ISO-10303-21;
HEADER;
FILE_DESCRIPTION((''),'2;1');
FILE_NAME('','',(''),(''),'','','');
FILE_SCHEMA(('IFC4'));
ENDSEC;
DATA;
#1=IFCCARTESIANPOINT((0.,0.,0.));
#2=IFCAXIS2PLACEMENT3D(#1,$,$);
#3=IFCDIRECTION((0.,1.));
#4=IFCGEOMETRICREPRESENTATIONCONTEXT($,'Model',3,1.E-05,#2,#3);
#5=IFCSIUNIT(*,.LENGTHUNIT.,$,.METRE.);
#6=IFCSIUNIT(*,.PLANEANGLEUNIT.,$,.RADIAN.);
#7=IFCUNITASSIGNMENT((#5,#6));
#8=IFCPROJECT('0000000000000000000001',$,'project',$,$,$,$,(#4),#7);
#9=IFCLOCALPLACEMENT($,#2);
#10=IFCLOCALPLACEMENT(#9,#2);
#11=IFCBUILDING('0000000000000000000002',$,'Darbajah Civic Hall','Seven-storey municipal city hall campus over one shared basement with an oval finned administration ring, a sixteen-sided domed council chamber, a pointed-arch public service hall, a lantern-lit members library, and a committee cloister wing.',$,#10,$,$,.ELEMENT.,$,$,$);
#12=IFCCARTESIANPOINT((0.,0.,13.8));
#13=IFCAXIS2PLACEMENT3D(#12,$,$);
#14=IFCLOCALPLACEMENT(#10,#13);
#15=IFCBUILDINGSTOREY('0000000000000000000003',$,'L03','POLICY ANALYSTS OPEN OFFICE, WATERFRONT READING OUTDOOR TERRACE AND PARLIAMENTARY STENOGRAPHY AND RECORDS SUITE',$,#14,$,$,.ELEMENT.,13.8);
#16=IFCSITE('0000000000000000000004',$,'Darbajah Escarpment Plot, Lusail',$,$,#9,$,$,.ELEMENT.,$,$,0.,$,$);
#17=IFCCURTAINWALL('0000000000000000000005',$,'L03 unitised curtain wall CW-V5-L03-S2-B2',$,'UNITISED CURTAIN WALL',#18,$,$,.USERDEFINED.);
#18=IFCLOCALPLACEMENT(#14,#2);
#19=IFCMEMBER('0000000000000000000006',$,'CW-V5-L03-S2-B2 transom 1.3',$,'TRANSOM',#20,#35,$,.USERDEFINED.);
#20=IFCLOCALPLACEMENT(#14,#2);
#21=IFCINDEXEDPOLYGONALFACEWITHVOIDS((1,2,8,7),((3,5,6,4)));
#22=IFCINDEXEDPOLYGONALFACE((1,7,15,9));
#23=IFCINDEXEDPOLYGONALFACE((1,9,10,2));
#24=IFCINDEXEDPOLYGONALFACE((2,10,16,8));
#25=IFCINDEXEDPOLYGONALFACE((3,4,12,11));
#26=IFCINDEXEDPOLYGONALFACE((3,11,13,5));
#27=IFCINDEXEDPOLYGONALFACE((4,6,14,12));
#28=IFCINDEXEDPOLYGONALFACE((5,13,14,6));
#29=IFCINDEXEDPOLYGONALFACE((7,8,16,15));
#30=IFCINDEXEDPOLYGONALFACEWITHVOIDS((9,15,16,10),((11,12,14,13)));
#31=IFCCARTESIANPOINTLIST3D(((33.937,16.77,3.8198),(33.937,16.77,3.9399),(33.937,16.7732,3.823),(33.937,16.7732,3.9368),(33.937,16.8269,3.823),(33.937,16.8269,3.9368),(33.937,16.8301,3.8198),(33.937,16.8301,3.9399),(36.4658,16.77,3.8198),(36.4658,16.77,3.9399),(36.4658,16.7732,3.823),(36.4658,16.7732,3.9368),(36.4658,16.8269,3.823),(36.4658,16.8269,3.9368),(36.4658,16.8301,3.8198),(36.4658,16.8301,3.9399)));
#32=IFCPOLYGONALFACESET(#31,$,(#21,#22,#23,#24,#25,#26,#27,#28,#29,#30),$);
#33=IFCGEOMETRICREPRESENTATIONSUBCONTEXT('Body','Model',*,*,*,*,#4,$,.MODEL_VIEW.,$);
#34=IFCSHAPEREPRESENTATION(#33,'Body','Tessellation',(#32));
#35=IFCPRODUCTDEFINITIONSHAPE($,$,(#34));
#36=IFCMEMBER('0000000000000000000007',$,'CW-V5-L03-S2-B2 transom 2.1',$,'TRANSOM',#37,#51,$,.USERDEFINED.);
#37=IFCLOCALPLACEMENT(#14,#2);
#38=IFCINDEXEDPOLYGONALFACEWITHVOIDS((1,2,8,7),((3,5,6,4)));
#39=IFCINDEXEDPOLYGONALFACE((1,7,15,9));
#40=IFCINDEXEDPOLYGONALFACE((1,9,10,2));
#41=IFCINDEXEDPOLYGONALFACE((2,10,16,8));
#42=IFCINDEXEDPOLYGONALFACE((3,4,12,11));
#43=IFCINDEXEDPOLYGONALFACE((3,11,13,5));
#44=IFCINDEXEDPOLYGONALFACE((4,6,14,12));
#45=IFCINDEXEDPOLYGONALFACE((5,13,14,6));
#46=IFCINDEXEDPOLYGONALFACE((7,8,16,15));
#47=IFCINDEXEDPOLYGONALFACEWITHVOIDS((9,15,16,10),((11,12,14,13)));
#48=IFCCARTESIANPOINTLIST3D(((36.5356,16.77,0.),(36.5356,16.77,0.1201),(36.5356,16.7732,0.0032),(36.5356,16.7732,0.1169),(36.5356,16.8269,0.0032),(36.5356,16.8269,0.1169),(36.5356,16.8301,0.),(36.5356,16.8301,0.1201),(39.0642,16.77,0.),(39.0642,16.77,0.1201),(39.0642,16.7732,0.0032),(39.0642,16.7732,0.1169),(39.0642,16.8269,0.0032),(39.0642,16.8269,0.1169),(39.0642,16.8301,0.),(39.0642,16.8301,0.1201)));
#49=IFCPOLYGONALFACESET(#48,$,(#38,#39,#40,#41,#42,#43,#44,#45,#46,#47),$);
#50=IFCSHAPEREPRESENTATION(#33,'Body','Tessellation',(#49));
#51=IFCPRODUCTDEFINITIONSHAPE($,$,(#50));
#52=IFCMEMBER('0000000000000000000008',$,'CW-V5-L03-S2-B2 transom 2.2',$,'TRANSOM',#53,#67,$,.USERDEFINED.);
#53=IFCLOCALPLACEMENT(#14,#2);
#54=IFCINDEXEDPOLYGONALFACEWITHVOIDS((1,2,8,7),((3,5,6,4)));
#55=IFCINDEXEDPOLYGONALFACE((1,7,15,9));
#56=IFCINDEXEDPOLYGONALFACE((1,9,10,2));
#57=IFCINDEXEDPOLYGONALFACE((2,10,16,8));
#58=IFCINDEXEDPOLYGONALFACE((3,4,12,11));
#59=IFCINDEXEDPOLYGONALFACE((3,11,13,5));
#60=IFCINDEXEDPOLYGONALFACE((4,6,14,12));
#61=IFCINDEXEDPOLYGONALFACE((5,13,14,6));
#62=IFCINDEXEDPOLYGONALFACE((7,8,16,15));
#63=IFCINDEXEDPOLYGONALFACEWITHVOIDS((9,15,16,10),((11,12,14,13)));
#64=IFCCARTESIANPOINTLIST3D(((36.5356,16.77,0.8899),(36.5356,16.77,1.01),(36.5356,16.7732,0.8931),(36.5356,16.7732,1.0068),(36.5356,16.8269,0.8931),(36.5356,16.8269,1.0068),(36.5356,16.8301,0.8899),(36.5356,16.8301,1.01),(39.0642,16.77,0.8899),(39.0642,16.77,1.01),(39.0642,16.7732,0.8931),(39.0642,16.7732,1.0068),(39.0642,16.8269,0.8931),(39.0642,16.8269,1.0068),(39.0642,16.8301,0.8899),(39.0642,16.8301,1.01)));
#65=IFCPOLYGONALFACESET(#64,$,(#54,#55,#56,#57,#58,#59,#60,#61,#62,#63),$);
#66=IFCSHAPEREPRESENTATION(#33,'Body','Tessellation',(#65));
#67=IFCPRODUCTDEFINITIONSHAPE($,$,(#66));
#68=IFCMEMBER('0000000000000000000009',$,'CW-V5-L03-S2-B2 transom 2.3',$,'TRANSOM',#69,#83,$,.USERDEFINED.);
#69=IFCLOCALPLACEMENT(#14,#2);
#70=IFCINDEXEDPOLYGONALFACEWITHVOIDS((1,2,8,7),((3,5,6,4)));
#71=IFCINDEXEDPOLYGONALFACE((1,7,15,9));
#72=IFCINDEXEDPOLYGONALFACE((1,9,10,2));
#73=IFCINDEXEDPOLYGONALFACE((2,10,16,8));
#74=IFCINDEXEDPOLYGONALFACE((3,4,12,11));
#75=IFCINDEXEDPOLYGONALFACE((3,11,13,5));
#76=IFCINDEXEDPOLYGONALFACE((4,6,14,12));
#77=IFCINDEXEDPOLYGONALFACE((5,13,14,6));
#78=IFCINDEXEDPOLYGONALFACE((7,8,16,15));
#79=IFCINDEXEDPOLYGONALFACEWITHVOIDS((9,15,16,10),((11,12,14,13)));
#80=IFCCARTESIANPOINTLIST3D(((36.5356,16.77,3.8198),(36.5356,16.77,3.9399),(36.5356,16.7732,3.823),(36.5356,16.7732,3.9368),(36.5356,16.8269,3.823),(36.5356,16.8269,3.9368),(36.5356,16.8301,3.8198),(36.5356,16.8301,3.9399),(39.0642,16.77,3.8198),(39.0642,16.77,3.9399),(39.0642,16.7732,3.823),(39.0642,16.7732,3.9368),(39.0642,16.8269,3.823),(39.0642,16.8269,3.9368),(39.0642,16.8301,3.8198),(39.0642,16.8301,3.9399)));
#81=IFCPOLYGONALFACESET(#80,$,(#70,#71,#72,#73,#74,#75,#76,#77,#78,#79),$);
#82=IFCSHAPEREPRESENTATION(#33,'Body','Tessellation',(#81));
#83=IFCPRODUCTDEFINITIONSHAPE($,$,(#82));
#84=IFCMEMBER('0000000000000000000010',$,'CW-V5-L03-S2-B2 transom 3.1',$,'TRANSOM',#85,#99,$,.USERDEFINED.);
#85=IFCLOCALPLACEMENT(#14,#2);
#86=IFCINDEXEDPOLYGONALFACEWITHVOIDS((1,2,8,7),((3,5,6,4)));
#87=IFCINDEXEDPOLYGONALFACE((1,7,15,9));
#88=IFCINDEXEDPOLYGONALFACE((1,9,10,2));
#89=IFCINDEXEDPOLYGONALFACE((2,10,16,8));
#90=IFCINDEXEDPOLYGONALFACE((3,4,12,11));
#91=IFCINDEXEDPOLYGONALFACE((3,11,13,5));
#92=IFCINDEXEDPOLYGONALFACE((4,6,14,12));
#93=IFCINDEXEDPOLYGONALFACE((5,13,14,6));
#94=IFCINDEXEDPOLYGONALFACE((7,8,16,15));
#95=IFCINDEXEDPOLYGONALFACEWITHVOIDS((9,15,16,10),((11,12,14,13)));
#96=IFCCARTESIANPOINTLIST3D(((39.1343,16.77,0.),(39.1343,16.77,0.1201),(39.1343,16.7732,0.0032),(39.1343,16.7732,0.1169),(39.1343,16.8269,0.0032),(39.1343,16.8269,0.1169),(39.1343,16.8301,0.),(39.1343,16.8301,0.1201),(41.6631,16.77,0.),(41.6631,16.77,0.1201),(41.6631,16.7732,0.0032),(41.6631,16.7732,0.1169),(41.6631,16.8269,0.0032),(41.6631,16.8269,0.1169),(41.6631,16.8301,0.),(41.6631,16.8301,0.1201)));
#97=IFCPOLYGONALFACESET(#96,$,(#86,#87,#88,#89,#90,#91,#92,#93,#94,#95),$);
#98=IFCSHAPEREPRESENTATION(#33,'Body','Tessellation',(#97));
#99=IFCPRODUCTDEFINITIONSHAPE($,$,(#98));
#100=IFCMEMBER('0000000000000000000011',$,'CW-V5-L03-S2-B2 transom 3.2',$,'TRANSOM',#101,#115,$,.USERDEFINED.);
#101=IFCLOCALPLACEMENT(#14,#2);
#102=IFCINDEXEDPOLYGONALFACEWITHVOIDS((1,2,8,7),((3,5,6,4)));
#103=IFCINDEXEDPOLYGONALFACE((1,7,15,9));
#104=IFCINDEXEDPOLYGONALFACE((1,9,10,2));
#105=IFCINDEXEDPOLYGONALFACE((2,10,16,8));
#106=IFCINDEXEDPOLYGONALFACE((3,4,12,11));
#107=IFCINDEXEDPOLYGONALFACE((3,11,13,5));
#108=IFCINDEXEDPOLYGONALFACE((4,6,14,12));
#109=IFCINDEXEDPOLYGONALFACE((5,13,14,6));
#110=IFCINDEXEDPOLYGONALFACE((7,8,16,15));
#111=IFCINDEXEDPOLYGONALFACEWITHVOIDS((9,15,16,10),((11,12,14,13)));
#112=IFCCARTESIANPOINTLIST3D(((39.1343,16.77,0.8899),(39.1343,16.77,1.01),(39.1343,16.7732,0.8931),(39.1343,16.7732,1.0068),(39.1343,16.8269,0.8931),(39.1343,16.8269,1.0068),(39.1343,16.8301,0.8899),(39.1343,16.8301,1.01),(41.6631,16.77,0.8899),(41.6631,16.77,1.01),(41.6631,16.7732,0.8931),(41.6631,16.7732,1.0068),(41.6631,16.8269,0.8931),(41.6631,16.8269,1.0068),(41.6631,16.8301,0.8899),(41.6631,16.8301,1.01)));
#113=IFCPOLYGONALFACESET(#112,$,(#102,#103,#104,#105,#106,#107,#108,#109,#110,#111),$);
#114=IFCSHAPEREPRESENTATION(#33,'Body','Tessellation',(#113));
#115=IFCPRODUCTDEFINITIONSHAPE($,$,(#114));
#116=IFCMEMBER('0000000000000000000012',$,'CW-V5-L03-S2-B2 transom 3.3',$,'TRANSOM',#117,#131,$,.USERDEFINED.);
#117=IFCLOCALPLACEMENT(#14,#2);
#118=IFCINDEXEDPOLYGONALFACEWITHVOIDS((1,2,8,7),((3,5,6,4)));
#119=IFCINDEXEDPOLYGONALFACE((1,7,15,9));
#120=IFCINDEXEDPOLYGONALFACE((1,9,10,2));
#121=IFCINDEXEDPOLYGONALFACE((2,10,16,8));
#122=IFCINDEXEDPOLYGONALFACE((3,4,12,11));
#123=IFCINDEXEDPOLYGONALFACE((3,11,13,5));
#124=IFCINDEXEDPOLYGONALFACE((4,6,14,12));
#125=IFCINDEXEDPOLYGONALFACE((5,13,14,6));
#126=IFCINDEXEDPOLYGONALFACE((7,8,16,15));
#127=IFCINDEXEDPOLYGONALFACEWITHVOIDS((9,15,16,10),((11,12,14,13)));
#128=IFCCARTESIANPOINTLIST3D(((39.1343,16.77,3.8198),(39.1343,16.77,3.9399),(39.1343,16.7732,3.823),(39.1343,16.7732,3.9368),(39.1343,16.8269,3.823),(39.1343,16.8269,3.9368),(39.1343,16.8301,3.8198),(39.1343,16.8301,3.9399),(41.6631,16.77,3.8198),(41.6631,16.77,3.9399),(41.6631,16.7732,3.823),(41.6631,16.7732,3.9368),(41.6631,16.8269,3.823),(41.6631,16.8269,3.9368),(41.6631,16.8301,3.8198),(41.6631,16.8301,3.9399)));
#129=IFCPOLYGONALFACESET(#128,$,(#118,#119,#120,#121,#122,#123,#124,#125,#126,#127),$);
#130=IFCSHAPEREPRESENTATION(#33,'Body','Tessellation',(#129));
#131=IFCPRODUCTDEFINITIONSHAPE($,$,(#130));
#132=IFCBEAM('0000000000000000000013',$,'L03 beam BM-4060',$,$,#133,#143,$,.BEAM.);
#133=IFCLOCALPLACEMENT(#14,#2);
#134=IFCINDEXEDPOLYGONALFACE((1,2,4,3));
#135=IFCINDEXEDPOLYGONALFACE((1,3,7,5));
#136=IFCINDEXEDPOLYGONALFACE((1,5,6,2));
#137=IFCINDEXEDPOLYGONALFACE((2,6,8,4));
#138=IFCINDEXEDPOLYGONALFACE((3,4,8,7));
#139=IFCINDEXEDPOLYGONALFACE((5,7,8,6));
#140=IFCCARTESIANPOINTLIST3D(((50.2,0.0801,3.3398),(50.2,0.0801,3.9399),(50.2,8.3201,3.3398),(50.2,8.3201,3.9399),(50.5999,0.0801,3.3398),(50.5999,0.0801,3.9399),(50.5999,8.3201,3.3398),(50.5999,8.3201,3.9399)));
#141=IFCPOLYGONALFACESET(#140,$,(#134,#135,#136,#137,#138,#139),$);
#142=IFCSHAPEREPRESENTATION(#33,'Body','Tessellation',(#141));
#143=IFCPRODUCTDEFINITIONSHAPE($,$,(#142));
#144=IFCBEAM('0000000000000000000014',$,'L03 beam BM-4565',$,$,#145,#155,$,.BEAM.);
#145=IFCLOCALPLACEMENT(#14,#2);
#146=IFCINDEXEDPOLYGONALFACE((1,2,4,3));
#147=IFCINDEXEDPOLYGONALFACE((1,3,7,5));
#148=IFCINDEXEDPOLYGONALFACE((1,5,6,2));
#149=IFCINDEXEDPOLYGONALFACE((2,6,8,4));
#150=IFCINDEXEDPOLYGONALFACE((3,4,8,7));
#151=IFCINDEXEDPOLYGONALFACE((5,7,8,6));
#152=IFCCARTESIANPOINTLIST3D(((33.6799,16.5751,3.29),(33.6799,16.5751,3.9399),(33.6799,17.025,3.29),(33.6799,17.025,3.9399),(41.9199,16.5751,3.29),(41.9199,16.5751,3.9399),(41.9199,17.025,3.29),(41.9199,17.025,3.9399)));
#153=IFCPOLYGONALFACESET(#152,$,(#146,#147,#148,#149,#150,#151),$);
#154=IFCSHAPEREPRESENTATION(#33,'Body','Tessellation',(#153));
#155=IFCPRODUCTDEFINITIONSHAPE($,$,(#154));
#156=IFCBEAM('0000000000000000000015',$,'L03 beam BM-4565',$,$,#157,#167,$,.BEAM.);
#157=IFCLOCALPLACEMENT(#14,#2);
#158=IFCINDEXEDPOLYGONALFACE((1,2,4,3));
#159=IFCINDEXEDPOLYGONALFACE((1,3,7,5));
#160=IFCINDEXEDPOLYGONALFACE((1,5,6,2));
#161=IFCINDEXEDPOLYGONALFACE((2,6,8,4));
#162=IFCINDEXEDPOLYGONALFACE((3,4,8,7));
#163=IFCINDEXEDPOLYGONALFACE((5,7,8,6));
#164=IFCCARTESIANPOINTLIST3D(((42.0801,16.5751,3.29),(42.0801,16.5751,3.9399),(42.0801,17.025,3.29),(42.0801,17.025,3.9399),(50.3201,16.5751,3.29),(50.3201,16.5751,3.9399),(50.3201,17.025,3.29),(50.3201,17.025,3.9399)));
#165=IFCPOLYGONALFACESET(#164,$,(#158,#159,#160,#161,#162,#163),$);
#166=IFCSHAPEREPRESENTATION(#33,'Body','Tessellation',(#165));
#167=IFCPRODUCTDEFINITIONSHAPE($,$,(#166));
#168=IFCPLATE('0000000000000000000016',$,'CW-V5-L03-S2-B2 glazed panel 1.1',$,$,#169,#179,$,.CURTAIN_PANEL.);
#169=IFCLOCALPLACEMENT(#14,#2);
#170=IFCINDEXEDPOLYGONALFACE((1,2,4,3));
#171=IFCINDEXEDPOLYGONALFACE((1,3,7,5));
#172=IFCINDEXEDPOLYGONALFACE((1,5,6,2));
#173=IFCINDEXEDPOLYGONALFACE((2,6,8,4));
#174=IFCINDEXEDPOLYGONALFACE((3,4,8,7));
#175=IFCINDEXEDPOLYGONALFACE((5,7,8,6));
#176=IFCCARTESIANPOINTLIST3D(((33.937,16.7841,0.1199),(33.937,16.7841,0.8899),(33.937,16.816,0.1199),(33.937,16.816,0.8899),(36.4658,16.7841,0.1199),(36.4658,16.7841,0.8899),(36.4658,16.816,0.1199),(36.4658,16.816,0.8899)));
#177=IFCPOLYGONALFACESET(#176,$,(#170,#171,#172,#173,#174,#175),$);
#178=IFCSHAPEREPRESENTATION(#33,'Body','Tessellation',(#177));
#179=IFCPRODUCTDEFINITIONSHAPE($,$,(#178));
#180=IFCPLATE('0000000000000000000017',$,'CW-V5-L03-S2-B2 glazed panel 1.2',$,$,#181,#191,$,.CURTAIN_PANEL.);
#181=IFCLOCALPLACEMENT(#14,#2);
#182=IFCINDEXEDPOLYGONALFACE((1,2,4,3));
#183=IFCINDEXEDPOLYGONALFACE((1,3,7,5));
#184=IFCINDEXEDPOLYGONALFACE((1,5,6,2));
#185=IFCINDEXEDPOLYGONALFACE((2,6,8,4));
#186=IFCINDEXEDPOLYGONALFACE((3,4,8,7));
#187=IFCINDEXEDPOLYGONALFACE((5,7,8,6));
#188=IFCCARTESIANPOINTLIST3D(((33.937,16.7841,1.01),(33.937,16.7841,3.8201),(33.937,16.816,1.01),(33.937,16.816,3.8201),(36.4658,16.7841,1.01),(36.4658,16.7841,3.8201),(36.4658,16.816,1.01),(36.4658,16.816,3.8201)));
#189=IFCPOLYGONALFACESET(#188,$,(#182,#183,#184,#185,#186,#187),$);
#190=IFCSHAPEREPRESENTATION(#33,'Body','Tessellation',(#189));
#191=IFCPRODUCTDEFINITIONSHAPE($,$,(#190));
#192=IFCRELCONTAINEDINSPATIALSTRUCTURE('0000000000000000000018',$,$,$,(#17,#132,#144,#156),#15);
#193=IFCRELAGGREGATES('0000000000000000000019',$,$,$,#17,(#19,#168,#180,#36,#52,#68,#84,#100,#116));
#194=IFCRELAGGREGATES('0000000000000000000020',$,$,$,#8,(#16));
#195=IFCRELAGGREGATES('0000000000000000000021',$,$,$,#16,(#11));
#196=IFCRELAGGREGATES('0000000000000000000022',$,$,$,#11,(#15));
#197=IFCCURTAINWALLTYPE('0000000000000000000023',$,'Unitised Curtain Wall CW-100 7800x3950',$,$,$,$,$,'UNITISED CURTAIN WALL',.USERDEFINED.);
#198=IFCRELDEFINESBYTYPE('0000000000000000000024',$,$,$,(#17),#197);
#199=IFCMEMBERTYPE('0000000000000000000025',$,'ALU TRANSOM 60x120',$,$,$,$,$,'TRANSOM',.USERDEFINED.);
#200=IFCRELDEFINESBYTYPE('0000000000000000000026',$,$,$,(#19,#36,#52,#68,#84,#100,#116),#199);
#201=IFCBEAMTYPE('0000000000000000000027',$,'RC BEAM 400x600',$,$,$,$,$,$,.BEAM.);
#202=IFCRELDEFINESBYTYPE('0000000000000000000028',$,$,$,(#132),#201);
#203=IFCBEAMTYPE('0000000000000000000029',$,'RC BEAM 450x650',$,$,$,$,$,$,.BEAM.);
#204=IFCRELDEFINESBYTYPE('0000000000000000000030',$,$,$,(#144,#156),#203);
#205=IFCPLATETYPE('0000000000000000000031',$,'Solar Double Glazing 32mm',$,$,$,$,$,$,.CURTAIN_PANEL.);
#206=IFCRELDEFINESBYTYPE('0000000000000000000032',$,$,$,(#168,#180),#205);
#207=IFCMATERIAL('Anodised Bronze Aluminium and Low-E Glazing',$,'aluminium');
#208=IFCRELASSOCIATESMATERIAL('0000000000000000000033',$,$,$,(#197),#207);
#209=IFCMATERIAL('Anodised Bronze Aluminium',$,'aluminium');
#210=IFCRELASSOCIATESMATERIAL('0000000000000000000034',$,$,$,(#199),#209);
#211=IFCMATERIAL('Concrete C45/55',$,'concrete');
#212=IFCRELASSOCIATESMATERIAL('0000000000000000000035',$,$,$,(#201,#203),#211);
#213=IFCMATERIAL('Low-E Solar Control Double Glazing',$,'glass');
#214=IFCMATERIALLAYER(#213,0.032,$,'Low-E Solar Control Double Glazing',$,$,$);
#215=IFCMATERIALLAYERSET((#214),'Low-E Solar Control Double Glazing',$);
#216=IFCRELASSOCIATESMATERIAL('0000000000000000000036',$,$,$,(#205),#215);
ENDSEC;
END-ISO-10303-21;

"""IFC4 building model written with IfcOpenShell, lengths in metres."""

from ifc_helpers import new_model, si_unit, direction, frame, origin, origin_2d, place, context, subcontext, project, spatial, rectangle, hollow_rectangle, extrude, material, layer, layer_set, material_profile, profile_set, type_object, element, aggregate, save


model = new_model("IFC4")

# Units and contexts
model_context = context("Model", 3, precision=1e-05, world=origin(), true_north=direction((0.0, 1.0)))
body_context = subcontext(model_context, "Body", "Model", "MODEL_VIEW")
ifc_project = project(units=[si_unit("LENGTHUNIT", "METRE"), si_unit("PLANEANGLEUNIT", "RADIAN")], contexts=[model_context])

# Site, building, storey
site_placement = place(None, origin())
site = spatial("IfcSite", under=ifc_project, at=site_placement, Name="Darbajah Escarpment Plot, Lusail", CompositionType="ELEMENT", RefElevation=0.0)
building_placement = place(site_placement, origin())
building = spatial("IfcBuilding", under=site, at=building_placement, Name="Darbajah Civic Hall", Description="Seven-storey municipal city hall campus over one shared basement with an oval finned administration ring, a sixteen-sided domed council chamber, a pointed-arch public service hall, a lantern-lit members library, and a committee cloister wing.", CompositionType="ELEMENT")
storey_placement = place(building_placement, frame((0.0, 0.0, 13.8)))
storey = spatial("IfcBuildingStorey", under=building, at=storey_placement, Name="L03", Description="POLICY ANALYSTS OPEN OFFICE, WATERFRONT READING OUTDOOR TERRACE AND PARLIAMENTARY STENOGRAPHY AND RECORDS SUITE", CompositionType="ELEMENT", Elevation=13.8)

# Shared definitions
ifc_material_1 = material(Name="Concrete C45/55", Category="concrete")

# Shared definitions
ifc_material_2 = material(Name="Anodised Bronze Aluminium and Low-E Glazing", Category="aluminium")
curtain_wall_type = type_object("IfcCurtainWallType", Name="Unitised Curtain Wall CW-100 7800x3950", ElementType="UNITISED CURTAIN WALL", PredefinedType="USERDEFINED", material=ifc_material_2)
ifc_material_3 = material(Name="Anodised Bronze Aluminium", Category="aluminium")

# Curtain wall
curtain_wall_1_placement = place(storey_placement, origin())
curtain_wall_1 = element("IfcCurtainWall", 1, at=curtain_wall_1_placement, inside=storey, type_object=curtain_wall_type, Name="L03 unitised curtain wall CW-V5-L03-S2-B2", ObjectType="UNITISED CURTAIN WALL", PredefinedType="USERDEFINED")

# Members
ifc_material_profile_1 = material_profile(ifc_material_3, hollow_rectangle(XDim=0.0601, YDim=0.1201, WallThickness=0.0032, at=origin_2d()), Name="ALU TRANSOM 60x120")
ifc_profile_set_1 = profile_set([ifc_material_profile_1], Name="Anodised Bronze Aluminium")
member_type_1 = type_object("IfcMemberType", Name="ALU TRANSOM 60x120", ElementType="TRANSOM", PredefinedType="USERDEFINED", material=ifc_profile_set_1)
member_1_placement = place(storey_placement, frame((33.937, 16.8, 3.8799), z_axis=(1.0, 0.0, 0.0), x_axis=(0.0, 1.0, 0.0)))
member_1 = element("IfcMember", 2, at=member_1_placement, type_object=member_type_1, Name="CW-V5-L03-S2-B2 transom 1.3", ObjectType="TRANSOM", PredefinedType="USERDEFINED", context=body_context, shape_type="SweptSolid", body=[
    extrude(hollow_rectangle(XDim=0.0601, YDim=0.1201, WallThickness=0.0032, at=origin_2d()), origin(), (0.0, 0.0, 1.0), 2.5288),
])
member_2_placement = place(storey_placement, frame((36.5356, 16.8, 0.0601), z_axis=(1.0, 0.0, 0.0), x_axis=(0.0, 1.0, 0.0)))
member_2 = element("IfcMember", 3, at=member_2_placement, type_object=member_type_1, Name="CW-V5-L03-S2-B2 transom 2.1", ObjectType="TRANSOM", PredefinedType="USERDEFINED", context=body_context, shape_type="SweptSolid", body=[
    extrude(hollow_rectangle(XDim=0.0601, YDim=0.1201, WallThickness=0.0032, at=origin_2d()), origin(), (0.0, 0.0, 1.0), 2.5286),
])
member_3_placement = place(storey_placement, frame((36.5356, 16.8, 0.95), z_axis=(1.0, 0.0, 0.0), x_axis=(0.0, 1.0, 0.0)))
member_3 = element("IfcMember", 4, at=member_3_placement, type_object=member_type_1, Name="CW-V5-L03-S2-B2 transom 2.2", ObjectType="TRANSOM", PredefinedType="USERDEFINED", context=body_context, shape_type="SweptSolid", body=[
    extrude(hollow_rectangle(XDim=0.0601, YDim=0.1201, WallThickness=0.0032, at=origin_2d()), origin(), (0.0, 0.0, 1.0), 2.5286),
])
member_4_placement = place(storey_placement, frame((36.5356, 16.8, 3.8799), z_axis=(1.0, 0.0, 0.0), x_axis=(0.0, 1.0, 0.0)))
member_4 = element("IfcMember", 5, at=member_4_placement, type_object=member_type_1, Name="CW-V5-L03-S2-B2 transom 2.3", ObjectType="TRANSOM", PredefinedType="USERDEFINED", context=body_context, shape_type="SweptSolid", body=[
    extrude(hollow_rectangle(XDim=0.0601, YDim=0.1201, WallThickness=0.0032, at=origin_2d()), origin(), (0.0, 0.0, 1.0), 2.5286),
])
member_5_placement = place(storey_placement, frame((39.1343, 16.8, 0.0601), z_axis=(1.0, 0.0, 0.0), x_axis=(0.0, 1.0, 0.0)))
member_5 = element("IfcMember", 6, at=member_5_placement, type_object=member_type_1, Name="CW-V5-L03-S2-B2 transom 3.1", ObjectType="TRANSOM", PredefinedType="USERDEFINED", context=body_context, shape_type="SweptSolid", body=[
    extrude(hollow_rectangle(XDim=0.0601, YDim=0.1201, WallThickness=0.0032, at=origin_2d()), origin(), (0.0, 0.0, 1.0), 2.5288),
])
member_6_placement = place(storey_placement, frame((39.1343, 16.8, 0.95), z_axis=(1.0, 0.0, 0.0), x_axis=(0.0, 1.0, 0.0)))
member_6 = element("IfcMember", 7, at=member_6_placement, type_object=member_type_1, Name="CW-V5-L03-S2-B2 transom 3.2", ObjectType="TRANSOM", PredefinedType="USERDEFINED", context=body_context, shape_type="SweptSolid", body=[
    extrude(hollow_rectangle(XDim=0.0601, YDim=0.1201, WallThickness=0.0032, at=origin_2d()), origin(), (0.0, 0.0, 1.0), 2.5288),
])
member_7_placement = place(storey_placement, frame((39.1343, 16.8, 3.8799), z_axis=(1.0, 0.0, 0.0), x_axis=(0.0, 1.0, 0.0)))
member_7 = element("IfcMember", 8, at=member_7_placement, type_object=member_type_1, Name="CW-V5-L03-S2-B2 transom 3.3", ObjectType="TRANSOM", PredefinedType="USERDEFINED", context=body_context, shape_type="SweptSolid", body=[
    extrude(hollow_rectangle(XDim=0.0601, YDim=0.1201, WallThickness=0.0032, at=origin_2d()), origin(), (0.0, 0.0, 1.0), 2.5288),
])

# Beams
ifc_material_profile_2 = material_profile(ifc_material_1, rectangle(XDim=0.3999, YDim=0.6001, at=origin_2d()), Name="RC BEAM 400x600")
ifc_profile_set_2 = profile_set([ifc_material_profile_2], Name="Concrete C45/55")
beam_type_1 = type_object("IfcBeamType", Name="RC BEAM 400x600", PredefinedType="BEAM", material=ifc_profile_set_2)
beam_placement = place(storey_placement, frame((50.3999, 0.0801, 3.6399), z_axis=(0.0, 1.0, 0.0), x_axis=(-1.0, 0.0, 0.0)))
element("IfcBeam", 9, at=beam_placement, inside=storey, type_object=beam_type_1, Name="L03 beam BM-4060", PredefinedType="BEAM", context=body_context, shape_type="SweptSolid", body=[
    extrude(rectangle(XDim=0.3999, YDim=0.6001, at=origin_2d()), origin(), (0.0, 0.0, 1.0), 8.24),
])
ifc_material_profile_3 = material_profile(ifc_material_1, rectangle(XDim=0.45, YDim=0.6499, at=origin_2d()), Name="RC BEAM 450x650")
ifc_profile_set_3 = profile_set([ifc_material_profile_3], Name="Concrete C45/55")
beam_type_2 = type_object("IfcBeamType", Name="RC BEAM 450x650", PredefinedType="BEAM", material=ifc_profile_set_3)
for number, where, z_axis, x_axis, name in (
    (10, (33.6799, 16.8, 3.615), (1.0, 0.0, 0.0), (0.0, 1.0, 0.0), "L03 beam BM-4565"),
    (11, (42.0801, 16.8, 3.615), (1.0, 0.0, 0.0), (0.0, 1.0, 0.0), "L03 beam BM-4565"),
):
    element("IfcBeam", number, at=place(storey_placement, frame(where, z_axis=z_axis, x_axis=x_axis)), inside=storey, type_object=beam_type_2, Name=name, PredefinedType="BEAM", context=body_context, shape_type="SweptSolid", body=[
        extrude(rectangle(XDim=0.45, YDim=0.6499, at=origin_2d()), origin(), (0.0, 0.0, 1.0), 8.24),
    ])

# Plates
ifc_material_4 = material(Name="Low-E Solar Control Double Glazing", Category="glass")
ifc_layer = layer(ifc_material_4, 0.032, Name="Low-E Solar Control Double Glazing")
ifc_layer_set = layer_set([ifc_layer], Name="Low-E Solar Control Double Glazing")
plate_type = type_object("IfcPlateType", Name="Solar Double Glazing 32mm", PredefinedType="CURTAIN_PANEL", material=ifc_layer_set)
plate_1_placement = place(storey_placement, frame((35.2014, 16.8, 0.1199), z_axis=(0.0, 0.0, 1.0), x_axis=(1.0, 0.0, 0.0)))
plate_1 = element("IfcPlate", 12, at=plate_1_placement, type_object=plate_type, Name="CW-V5-L03-S2-B2 glazed panel 1.1", PredefinedType="CURTAIN_PANEL", context=body_context, shape_type="SweptSolid", body=[
    extrude(rectangle(XDim=2.5288, YDim=0.032, at=origin_2d()), origin(), (0.0, 0.0, 1.0), 0.77),
])
plate_2_placement = place(storey_placement, frame((35.2014, 16.8, 1.01), z_axis=(0.0, 0.0, 1.0), x_axis=(1.0, 0.0, 0.0)))
plate_2 = element("IfcPlate", 13, at=plate_2_placement, type_object=plate_type, Name="CW-V5-L03-S2-B2 glazed panel 1.2", PredefinedType="CURTAIN_PANEL", context=body_context, shape_type="SweptSolid", body=[
    extrude(rectangle(XDim=2.5288, YDim=0.032, at=origin_2d()), origin(), (0.0, 0.0, 1.0), 2.8101),
])
aggregate(curtain_wall_1, [member_1, plate_1, plate_2, member_2, member_3, member_4, member_5, member_6, member_7])

save(model, "model.ifc")
